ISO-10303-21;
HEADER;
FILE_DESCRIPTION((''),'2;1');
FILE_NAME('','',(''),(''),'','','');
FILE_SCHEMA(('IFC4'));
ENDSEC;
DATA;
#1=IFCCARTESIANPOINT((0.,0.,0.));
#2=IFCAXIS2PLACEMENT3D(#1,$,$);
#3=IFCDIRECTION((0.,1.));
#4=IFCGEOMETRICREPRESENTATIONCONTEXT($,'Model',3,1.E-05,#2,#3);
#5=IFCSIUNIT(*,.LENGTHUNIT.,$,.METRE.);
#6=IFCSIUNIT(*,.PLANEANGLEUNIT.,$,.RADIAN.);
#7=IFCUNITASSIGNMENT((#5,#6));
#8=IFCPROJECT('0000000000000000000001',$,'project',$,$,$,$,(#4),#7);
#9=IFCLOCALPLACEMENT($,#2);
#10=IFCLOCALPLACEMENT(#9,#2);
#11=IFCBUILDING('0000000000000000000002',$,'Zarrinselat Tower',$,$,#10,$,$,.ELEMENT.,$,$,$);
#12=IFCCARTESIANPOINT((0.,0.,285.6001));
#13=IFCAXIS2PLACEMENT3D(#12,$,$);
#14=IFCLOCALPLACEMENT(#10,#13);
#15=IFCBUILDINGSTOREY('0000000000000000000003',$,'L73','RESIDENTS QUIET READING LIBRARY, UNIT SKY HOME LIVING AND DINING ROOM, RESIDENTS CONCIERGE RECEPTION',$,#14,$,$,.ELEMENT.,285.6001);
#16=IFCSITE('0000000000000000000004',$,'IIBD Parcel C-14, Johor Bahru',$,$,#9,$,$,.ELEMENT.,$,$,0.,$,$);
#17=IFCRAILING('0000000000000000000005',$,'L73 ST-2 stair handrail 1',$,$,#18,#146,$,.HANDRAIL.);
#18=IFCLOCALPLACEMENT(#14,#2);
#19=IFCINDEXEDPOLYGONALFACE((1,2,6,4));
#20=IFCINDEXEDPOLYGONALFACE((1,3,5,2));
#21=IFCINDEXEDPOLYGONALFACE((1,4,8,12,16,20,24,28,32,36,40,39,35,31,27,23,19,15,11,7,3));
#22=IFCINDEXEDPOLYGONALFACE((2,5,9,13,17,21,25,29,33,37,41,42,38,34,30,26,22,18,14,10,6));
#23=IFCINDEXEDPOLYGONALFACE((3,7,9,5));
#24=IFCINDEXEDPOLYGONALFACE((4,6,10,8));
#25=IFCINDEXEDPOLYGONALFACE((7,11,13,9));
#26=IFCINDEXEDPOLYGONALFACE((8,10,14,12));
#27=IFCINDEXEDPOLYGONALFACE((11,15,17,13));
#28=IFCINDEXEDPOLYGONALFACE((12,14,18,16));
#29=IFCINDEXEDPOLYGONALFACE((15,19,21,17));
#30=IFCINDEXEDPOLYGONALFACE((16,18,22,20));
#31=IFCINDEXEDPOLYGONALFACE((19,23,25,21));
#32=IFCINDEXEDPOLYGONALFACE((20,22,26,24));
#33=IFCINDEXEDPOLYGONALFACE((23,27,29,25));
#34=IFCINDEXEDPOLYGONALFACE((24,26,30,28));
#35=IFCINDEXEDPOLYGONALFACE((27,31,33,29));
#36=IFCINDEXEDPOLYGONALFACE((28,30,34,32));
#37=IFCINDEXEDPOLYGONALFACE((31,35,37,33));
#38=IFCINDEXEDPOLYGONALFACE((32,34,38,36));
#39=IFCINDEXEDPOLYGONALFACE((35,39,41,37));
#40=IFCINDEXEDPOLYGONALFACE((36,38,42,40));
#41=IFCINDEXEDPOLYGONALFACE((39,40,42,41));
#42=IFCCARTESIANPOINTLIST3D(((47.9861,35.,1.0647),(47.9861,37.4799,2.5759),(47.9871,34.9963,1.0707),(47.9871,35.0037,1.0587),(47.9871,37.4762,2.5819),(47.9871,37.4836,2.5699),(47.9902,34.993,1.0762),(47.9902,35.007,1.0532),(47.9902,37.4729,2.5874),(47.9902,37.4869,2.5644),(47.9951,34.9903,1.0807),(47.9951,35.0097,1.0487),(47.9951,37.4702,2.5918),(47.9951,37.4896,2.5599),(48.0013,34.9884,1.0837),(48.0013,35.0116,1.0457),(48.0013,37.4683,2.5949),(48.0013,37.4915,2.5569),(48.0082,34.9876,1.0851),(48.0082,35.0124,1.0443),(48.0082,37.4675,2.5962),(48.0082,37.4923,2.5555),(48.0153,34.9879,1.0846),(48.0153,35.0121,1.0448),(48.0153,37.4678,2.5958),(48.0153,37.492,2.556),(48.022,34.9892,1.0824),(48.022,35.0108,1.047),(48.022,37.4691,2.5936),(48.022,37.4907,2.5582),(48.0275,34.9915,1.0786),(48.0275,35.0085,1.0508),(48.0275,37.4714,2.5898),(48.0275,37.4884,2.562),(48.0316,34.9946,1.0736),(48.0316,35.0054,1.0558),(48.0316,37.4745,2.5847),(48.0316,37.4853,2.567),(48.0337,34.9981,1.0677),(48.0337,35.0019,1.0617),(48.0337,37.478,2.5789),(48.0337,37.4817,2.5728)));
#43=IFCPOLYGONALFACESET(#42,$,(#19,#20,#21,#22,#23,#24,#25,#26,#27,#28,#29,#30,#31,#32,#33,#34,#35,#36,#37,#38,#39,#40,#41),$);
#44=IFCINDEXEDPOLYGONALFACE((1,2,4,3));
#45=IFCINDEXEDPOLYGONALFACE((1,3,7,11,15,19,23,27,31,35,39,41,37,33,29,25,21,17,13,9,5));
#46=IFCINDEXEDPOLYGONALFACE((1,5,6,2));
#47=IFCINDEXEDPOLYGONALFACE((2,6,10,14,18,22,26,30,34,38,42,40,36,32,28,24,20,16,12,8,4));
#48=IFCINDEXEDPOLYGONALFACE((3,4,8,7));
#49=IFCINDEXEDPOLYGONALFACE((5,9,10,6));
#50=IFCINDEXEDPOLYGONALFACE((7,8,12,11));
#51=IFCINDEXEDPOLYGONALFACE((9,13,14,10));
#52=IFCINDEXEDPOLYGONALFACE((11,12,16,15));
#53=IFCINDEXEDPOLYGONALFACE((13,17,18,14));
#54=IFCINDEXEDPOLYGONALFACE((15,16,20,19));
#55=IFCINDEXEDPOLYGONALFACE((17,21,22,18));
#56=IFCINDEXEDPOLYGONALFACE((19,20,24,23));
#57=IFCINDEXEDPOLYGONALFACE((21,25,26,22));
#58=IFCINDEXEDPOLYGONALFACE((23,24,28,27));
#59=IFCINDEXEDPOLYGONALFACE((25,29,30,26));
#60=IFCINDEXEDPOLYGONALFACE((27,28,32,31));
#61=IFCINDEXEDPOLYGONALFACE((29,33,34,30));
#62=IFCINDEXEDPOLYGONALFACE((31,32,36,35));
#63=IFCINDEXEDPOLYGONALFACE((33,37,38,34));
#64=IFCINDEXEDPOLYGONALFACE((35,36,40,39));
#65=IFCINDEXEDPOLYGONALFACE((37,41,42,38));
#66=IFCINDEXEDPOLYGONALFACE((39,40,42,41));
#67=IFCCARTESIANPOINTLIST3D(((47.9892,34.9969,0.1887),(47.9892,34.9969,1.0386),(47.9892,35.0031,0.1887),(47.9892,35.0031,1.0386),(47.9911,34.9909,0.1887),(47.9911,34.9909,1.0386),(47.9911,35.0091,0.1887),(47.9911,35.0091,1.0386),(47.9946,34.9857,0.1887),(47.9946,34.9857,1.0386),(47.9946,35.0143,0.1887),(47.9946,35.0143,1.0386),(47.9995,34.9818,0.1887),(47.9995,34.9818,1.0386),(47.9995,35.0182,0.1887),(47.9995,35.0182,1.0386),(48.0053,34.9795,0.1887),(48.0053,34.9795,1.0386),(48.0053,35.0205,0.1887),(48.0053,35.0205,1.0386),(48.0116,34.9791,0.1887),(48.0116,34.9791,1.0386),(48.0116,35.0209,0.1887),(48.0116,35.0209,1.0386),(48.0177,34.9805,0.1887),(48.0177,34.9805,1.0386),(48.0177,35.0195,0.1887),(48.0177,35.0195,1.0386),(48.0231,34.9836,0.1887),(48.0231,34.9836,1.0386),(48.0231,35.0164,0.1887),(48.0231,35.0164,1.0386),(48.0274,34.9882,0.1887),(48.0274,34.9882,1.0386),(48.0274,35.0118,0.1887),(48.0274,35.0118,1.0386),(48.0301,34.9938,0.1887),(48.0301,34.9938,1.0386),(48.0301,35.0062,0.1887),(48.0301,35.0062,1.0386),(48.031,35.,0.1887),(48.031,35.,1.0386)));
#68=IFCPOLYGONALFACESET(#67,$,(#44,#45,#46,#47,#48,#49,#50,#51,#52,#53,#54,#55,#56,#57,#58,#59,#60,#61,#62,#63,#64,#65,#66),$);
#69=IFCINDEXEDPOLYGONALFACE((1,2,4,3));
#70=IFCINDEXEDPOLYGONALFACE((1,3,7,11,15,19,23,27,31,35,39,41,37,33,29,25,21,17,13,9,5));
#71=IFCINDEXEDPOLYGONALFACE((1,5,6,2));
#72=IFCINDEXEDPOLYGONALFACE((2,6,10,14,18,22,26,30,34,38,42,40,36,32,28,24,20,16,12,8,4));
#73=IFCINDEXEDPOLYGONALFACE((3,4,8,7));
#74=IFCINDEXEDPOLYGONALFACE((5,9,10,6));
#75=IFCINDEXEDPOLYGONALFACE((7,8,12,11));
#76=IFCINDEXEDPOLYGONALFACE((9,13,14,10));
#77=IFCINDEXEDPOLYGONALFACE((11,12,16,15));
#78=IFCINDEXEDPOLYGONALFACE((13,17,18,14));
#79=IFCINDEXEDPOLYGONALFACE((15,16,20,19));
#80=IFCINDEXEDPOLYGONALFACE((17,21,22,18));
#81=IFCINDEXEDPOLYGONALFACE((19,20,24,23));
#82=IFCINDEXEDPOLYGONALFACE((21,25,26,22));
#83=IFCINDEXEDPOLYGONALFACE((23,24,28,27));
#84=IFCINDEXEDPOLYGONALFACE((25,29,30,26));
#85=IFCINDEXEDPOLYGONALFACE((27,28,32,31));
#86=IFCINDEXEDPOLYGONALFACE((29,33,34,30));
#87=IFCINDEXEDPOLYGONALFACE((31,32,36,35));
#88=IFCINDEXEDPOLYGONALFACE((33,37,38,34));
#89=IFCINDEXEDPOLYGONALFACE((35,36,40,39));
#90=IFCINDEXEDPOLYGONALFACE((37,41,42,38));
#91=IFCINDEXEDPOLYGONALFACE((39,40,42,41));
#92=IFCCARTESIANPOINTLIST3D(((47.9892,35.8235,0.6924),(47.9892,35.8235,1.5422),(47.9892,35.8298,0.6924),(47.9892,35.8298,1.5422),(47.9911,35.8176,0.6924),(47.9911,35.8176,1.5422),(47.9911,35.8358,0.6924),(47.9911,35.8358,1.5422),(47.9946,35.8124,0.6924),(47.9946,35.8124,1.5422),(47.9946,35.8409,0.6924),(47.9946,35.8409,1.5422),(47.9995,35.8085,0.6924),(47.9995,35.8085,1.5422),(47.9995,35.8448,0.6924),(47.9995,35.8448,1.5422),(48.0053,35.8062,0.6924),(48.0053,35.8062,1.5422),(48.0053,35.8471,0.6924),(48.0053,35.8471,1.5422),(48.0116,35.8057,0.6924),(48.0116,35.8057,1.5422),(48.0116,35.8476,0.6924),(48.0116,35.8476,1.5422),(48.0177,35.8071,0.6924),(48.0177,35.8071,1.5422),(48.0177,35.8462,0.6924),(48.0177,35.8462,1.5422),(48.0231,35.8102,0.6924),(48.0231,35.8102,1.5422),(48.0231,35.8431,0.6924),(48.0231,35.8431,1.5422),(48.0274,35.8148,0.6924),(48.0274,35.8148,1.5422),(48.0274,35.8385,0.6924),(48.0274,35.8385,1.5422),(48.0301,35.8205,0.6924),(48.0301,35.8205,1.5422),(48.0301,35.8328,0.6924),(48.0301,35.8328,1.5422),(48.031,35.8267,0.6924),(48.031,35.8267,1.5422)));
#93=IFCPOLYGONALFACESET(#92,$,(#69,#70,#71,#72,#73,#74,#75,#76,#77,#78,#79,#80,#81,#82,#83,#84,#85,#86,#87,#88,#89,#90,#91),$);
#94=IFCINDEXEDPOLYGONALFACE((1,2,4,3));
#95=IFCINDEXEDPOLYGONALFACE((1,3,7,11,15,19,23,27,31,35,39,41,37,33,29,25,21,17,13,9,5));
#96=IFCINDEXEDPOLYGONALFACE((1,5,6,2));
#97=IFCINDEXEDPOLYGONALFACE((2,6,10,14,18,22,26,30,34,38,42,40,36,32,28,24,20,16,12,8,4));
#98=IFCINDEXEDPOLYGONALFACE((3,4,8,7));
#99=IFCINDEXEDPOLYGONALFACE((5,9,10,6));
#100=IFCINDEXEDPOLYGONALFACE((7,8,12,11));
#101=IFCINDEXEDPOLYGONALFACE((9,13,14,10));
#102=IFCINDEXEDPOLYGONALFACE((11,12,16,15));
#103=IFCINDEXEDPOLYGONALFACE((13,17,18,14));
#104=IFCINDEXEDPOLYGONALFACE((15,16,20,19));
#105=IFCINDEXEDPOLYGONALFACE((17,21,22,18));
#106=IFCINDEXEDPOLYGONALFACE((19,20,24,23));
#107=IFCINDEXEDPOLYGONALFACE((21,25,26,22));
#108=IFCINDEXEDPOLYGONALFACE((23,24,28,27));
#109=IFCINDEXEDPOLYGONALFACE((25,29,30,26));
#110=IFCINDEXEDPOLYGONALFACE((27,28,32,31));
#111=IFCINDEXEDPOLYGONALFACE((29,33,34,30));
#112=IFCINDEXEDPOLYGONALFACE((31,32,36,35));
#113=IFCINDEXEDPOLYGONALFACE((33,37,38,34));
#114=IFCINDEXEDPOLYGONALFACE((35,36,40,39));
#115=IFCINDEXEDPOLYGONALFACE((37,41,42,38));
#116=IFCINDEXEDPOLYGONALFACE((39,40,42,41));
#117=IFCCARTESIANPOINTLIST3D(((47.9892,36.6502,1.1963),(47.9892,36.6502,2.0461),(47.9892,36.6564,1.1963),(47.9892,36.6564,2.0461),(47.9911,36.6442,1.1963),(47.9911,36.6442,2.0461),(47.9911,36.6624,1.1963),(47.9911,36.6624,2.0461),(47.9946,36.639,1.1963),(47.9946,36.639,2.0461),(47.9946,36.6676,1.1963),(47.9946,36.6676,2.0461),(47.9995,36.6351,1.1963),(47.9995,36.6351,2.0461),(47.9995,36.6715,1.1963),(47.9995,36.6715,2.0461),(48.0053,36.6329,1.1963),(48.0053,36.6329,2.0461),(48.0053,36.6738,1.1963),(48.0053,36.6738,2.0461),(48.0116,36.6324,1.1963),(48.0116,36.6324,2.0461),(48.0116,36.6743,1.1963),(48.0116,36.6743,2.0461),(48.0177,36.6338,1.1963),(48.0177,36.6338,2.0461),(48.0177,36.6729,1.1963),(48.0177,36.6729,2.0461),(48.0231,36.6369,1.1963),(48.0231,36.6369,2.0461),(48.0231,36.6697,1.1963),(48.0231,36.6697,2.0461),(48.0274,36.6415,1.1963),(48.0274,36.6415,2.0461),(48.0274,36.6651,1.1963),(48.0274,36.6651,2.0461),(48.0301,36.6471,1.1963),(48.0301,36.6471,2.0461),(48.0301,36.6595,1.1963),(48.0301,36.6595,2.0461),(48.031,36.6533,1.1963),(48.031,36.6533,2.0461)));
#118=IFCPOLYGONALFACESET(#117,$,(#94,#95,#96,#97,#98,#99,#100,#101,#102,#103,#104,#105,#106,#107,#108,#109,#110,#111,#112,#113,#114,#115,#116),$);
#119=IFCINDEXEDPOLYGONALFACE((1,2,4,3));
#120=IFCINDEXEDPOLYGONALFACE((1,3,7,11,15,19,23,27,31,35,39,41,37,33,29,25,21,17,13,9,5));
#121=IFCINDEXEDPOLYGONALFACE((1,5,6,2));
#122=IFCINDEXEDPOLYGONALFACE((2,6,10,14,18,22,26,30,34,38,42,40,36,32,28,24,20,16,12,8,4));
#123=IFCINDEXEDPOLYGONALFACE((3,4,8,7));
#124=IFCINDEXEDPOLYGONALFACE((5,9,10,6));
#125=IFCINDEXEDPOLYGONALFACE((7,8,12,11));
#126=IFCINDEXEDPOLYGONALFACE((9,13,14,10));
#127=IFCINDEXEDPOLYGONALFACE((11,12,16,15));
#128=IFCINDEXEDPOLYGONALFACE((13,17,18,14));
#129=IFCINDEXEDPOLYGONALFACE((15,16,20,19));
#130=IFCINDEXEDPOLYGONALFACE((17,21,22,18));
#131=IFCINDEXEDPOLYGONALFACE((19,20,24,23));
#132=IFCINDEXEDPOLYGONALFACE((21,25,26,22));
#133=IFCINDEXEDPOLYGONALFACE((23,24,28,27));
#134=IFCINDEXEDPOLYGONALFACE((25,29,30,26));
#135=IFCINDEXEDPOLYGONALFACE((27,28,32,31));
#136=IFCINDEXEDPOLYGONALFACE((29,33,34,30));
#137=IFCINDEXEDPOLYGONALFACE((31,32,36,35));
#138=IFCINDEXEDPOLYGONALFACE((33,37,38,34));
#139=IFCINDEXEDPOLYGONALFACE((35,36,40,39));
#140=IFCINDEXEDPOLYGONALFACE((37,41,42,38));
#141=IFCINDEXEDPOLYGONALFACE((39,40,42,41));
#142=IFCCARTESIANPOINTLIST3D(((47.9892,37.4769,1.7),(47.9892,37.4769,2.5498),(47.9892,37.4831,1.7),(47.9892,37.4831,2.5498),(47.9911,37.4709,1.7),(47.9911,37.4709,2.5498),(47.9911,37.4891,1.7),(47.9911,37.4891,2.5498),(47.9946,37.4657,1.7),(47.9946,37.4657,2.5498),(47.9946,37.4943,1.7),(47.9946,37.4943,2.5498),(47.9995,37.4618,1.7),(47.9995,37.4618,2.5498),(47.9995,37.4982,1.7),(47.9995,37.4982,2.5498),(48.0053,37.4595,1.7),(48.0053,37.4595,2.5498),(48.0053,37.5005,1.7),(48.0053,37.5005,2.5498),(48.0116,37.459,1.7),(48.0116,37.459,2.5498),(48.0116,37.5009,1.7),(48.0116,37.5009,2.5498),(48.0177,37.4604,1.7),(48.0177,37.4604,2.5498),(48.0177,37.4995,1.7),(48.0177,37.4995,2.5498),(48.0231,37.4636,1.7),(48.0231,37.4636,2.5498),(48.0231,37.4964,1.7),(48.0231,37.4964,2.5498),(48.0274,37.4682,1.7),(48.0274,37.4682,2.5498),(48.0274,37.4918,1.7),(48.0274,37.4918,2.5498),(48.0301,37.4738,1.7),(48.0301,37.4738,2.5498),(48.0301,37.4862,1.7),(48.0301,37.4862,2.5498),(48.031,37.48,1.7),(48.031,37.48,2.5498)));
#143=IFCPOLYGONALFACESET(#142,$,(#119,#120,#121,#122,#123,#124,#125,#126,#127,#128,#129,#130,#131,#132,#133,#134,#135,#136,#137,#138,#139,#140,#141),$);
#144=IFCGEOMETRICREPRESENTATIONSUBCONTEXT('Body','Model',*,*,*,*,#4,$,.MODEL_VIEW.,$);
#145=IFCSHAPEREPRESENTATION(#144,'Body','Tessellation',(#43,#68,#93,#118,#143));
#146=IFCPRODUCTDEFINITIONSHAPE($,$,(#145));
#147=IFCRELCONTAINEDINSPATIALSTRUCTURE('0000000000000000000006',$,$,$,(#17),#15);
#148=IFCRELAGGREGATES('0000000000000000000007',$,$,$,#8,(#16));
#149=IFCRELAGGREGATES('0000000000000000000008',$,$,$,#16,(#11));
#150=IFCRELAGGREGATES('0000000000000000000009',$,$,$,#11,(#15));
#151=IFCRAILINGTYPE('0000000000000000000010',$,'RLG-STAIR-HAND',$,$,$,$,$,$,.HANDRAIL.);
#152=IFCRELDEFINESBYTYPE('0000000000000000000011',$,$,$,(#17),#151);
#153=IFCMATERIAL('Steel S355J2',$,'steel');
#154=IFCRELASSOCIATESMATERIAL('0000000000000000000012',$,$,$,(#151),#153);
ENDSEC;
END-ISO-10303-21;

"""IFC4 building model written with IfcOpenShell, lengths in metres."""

from ifc_helpers import new_model, si_unit, direction, frame, origin, origin_2d, place, context, subcontext, project, spatial, circle, extrude, material, type_object, element, save


model = new_model("IFC4")

# Units and contexts
model_context = context("Model", 3, precision=1e-05, world=origin(), true_north=direction((0.0, 1.0)))
body_context = subcontext(model_context, "Body", "Model", "MODEL_VIEW")
ifc_project = project(units=[si_unit("LENGTHUNIT", "METRE"), si_unit("PLANEANGLEUNIT", "RADIAN")], contexts=[model_context])

# Site, building, storey
site_placement = place(None, origin())
site = spatial("IfcSite", under=ifc_project, at=site_placement, Name="IIBD Parcel C-14, Johor Bahru", CompositionType="ELEMENT", RefElevation=0.0)
building_placement = place(site_placement, origin())
building = spatial("IfcBuilding", under=site, at=building_placement, Name="Zarrinselat Tower", CompositionType="ELEMENT")
storey_placement = place(building_placement, frame((0.0, 0.0, 285.6001)))
storey = spatial("IfcBuildingStorey", under=building, at=storey_placement, Name="L73", Description="RESIDENTS QUIET READING LIBRARY, UNIT SKY HOME LIVING AND DINING ROOM, RESIDENTS CONCIERGE RECEPTION", CompositionType="ELEMENT", Elevation=285.6001)

# Railing
ifc_material_1 = material(Name="Steel S355J2", Category="steel")
railing_type_1 = type_object("IfcRailingType", Name="RLG-STAIR-HAND", PredefinedType="HANDRAIL", material=ifc_material_1)
railing_1_placement = place(storey_placement, frame((48.01, 35.0, 0.1887)))
element("IfcRailing", 1, at=railing_1_placement, inside=storey, type_object=railing_type_1, Name="L73 ST-2 stair handrail 1", PredefinedType="HANDRAIL", context=body_context, shape_type="SweptSolid", body=[
    extrude(circle(Radius=0.0239, at=origin_2d()), frame((0.0, 0.0, 0.876), z_axis=(0.0, 0.853942, 0.520368), x_axis=(-1.0, 0.0, 0.0)), (0.0, 0.0, 1.0), 2.9041),
    extrude(circle(Radius=0.021, at=origin_2d()), origin(), (0.0, 0.0, 1.0), 0.8499),
    extrude(circle(Radius=0.021, at=origin_2d()), frame((0.0, 0.8267, 0.5037)), (0.0, 0.0, 1.0), 0.8499),
    extrude(circle(Radius=0.021, at=origin_2d()), frame((0.0, 1.6533, 1.0076)), (0.0, 0.0, 1.0), 0.8499),
    extrude(circle(Radius=0.021, at=origin_2d()), frame((0.0, 2.48, 1.5112)), (0.0, 0.0, 1.0), 0.8499),
])

save(model, "model.ifc")
